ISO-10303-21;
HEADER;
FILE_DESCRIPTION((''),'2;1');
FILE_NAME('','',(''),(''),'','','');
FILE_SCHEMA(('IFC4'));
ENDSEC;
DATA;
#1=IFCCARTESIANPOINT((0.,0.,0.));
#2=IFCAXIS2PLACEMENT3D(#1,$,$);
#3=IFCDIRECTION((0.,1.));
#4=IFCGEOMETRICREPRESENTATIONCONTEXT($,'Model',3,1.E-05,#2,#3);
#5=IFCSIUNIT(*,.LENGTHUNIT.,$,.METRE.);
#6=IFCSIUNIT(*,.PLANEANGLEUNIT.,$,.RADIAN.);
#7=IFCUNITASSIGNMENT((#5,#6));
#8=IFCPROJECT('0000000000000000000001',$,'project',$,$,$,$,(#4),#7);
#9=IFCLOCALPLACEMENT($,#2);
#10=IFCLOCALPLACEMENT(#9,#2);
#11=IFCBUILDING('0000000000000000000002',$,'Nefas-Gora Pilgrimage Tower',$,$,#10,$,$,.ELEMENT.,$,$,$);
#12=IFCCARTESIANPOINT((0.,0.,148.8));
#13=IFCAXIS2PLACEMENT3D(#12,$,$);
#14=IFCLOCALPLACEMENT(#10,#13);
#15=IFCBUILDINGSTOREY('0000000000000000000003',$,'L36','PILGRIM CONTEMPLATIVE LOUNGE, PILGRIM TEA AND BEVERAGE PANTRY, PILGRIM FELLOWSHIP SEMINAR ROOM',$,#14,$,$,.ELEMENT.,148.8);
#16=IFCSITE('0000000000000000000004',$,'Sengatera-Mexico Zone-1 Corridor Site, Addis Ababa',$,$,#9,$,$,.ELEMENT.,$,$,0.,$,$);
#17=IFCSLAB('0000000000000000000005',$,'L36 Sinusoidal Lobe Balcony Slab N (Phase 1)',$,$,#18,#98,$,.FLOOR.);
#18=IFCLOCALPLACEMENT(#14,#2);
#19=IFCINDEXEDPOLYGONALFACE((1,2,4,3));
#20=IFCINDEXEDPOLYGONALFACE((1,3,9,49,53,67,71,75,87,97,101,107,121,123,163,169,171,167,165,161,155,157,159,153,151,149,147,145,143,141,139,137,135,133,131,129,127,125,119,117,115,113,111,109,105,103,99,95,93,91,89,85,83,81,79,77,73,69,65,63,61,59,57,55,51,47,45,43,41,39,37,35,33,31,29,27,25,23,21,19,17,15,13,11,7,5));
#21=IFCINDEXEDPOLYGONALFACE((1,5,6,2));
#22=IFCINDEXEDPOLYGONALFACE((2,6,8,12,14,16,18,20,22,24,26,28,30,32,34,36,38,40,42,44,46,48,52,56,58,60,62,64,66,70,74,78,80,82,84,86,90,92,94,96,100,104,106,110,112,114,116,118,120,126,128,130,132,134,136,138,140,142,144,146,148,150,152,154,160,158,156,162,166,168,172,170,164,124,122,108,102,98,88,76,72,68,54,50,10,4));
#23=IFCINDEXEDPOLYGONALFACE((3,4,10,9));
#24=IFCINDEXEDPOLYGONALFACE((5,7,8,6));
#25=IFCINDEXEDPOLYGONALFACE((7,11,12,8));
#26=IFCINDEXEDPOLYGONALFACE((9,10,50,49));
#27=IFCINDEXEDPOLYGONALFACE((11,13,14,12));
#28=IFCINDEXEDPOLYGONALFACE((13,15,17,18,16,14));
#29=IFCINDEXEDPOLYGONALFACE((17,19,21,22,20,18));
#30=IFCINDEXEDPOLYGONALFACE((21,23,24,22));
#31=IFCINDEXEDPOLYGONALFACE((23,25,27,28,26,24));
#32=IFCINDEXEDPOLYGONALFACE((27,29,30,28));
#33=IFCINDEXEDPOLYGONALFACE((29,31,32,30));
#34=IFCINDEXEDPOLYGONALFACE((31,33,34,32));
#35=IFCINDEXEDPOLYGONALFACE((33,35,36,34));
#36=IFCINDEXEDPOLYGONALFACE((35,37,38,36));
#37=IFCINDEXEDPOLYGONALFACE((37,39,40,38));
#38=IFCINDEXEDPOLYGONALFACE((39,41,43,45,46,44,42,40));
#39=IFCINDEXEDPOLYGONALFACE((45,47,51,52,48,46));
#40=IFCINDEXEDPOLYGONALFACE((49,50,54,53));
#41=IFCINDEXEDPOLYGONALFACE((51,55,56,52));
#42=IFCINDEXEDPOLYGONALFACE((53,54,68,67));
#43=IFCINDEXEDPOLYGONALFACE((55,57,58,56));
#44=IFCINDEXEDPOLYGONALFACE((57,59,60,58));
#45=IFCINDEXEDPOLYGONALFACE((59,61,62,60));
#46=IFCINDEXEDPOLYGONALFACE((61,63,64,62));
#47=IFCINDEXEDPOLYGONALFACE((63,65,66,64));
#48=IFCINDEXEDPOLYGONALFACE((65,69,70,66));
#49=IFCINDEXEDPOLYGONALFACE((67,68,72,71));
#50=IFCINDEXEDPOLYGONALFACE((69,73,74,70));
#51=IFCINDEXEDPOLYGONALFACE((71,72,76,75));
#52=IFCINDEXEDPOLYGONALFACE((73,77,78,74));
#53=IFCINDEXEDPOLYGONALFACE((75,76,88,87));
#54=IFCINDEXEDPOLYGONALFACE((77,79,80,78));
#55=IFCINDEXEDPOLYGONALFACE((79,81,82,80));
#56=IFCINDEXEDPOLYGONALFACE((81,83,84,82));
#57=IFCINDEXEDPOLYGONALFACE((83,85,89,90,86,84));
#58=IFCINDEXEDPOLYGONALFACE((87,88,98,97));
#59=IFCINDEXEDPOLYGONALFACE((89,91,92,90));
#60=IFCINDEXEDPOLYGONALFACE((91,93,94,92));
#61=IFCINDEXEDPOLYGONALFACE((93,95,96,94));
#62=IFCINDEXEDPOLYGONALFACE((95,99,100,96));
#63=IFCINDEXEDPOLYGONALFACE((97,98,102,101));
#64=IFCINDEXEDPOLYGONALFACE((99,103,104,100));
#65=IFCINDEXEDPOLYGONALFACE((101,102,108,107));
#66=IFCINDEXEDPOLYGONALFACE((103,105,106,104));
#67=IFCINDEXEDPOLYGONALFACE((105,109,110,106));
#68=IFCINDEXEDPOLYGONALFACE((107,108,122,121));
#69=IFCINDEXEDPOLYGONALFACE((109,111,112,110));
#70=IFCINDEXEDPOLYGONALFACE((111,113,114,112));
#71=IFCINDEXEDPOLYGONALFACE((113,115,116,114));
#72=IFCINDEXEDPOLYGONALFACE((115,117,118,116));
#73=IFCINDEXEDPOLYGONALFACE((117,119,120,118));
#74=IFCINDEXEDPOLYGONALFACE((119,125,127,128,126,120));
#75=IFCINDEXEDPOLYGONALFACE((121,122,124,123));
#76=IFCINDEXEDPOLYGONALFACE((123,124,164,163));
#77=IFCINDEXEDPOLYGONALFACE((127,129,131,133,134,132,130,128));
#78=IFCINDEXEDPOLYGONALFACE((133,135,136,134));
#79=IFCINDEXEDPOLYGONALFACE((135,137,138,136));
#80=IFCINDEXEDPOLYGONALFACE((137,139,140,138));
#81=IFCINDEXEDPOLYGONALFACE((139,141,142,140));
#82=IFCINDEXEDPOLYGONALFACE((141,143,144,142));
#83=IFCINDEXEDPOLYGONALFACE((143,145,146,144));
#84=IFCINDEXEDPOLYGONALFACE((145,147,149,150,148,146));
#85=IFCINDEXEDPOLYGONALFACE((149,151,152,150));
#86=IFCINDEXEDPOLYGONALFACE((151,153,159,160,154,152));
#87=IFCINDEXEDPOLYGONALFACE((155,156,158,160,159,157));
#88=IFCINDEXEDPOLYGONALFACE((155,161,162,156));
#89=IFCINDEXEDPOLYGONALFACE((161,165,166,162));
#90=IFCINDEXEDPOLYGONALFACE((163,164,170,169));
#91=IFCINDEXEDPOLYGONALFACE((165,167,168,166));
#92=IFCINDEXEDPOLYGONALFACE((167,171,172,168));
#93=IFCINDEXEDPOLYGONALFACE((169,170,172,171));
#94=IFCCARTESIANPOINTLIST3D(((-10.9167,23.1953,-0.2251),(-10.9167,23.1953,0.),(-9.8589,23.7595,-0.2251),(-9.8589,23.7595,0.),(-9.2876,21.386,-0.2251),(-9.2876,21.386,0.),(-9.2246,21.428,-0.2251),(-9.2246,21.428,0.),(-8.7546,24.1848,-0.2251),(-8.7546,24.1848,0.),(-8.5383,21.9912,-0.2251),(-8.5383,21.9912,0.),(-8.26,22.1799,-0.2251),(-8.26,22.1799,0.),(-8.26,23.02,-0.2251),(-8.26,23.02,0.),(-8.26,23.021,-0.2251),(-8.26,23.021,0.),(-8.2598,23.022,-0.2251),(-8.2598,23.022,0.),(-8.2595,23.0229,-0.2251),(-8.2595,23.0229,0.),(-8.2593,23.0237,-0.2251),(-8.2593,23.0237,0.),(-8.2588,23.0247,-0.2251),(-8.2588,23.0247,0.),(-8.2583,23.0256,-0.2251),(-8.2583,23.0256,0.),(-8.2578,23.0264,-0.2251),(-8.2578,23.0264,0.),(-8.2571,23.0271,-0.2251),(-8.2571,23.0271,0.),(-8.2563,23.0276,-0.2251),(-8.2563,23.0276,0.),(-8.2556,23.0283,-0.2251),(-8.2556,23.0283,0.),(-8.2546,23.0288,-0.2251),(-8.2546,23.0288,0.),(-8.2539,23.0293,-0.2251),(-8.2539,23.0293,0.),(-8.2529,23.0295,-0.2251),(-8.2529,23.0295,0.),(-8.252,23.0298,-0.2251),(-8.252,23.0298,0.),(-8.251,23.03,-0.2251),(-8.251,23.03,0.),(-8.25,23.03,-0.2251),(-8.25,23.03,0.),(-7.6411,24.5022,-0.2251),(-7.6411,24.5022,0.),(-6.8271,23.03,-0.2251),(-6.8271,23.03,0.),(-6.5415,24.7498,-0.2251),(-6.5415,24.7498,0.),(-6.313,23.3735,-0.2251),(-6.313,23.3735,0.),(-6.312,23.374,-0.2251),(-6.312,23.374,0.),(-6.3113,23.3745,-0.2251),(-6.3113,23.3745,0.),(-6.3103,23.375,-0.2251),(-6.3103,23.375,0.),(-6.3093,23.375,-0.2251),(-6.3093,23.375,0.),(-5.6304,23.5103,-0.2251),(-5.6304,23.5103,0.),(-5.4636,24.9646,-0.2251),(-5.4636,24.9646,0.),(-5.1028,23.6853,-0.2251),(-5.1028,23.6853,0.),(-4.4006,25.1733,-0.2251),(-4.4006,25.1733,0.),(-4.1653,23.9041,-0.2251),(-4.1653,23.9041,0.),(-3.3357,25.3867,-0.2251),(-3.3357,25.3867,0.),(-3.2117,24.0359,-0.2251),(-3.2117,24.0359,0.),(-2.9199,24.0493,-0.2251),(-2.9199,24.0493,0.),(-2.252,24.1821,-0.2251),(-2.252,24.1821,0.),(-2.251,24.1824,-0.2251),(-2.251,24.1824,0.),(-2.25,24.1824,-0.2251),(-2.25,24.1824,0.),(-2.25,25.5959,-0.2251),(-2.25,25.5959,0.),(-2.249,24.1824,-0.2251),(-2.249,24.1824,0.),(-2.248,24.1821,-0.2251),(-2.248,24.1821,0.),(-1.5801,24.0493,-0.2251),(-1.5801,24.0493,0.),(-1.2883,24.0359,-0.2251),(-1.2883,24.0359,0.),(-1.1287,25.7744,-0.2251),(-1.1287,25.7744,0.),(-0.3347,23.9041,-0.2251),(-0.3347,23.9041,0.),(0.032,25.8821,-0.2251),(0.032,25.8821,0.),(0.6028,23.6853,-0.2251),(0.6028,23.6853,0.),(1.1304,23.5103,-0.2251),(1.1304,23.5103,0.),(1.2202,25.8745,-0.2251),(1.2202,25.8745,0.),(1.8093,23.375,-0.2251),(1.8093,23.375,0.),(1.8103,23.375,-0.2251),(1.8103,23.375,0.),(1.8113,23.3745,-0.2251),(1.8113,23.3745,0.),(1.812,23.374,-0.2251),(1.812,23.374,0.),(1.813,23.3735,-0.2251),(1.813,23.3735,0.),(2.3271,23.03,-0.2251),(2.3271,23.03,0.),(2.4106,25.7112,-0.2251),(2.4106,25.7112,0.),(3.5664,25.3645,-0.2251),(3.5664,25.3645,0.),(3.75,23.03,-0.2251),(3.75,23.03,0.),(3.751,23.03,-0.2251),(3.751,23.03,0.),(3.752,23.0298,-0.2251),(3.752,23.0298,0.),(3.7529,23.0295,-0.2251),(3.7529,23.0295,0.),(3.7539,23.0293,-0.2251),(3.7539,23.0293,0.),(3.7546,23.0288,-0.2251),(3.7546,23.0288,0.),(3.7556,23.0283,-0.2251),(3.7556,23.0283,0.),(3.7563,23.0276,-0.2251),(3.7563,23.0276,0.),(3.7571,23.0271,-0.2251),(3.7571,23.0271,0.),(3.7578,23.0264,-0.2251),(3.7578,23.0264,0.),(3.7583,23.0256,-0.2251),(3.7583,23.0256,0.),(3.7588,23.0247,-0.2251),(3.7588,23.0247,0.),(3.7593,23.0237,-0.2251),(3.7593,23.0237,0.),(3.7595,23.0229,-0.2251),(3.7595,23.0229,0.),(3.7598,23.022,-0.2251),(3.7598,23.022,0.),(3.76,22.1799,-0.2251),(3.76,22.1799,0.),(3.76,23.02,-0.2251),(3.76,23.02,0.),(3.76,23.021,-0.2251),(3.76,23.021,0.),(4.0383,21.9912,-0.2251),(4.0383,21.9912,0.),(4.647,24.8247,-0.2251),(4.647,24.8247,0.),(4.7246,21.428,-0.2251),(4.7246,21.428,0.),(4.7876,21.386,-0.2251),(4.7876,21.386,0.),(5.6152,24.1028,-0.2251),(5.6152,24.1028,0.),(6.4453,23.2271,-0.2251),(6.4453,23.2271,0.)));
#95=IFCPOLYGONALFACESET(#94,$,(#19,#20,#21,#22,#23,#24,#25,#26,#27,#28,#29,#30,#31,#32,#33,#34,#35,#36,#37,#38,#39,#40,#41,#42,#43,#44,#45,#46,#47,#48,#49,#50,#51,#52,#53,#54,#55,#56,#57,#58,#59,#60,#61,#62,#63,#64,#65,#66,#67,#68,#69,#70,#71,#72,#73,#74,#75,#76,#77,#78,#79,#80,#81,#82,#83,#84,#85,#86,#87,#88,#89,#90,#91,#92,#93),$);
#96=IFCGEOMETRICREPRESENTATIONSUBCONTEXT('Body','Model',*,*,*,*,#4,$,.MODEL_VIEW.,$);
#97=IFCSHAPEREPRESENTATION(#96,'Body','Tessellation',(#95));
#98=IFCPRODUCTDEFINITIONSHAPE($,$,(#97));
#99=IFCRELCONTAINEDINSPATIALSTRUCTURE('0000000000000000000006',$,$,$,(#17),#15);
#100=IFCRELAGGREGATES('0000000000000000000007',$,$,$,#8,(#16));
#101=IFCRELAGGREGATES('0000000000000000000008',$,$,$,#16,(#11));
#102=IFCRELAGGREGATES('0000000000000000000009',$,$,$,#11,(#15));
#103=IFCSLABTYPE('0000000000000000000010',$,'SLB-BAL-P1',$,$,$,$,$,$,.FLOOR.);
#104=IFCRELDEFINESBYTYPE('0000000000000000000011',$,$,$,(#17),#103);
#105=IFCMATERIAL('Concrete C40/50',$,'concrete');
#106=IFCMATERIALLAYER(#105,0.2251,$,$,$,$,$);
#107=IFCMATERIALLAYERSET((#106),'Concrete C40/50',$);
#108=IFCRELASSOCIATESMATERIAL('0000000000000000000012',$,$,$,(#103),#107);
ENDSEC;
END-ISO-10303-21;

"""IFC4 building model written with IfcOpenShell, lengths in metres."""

from ifc_helpers import new_model, si_unit, direction, frame, origin, place, context, subcontext, project, spatial, polyline, outline, extrude, material, layer, layer_set, type_object, element, save


model = new_model("IFC4")

# Units and contexts
model_context = context("Model", 3, precision=1e-05, world=origin(), true_north=direction((0.0, 1.0)))
body_context = subcontext(model_context, "Body", "Model", "MODEL_VIEW")
ifc_project = project(units=[si_unit("LENGTHUNIT", "METRE"), si_unit("PLANEANGLEUNIT", "RADIAN")], contexts=[model_context])

# Site, building, storey
site_placement = place(None, origin())
site = spatial("IfcSite", under=ifc_project, at=site_placement, Name="Sengatera-Mexico Zone-1 Corridor Site, Addis Ababa", CompositionType="ELEMENT", RefElevation=0.0)
building_placement = place(site_placement, origin())
building = spatial("IfcBuilding", under=site, at=building_placement, Name="Nefas-Gora Pilgrimage Tower", CompositionType="ELEMENT")
storey_placement = place(building_placement, frame((0.0, 0.0, 148.8)))
storey = spatial("IfcBuildingStorey", under=building, at=storey_placement, Name="L36", Description="PILGRIM CONTEMPLATIVE LOUNGE, PILGRIM TEA AND BEVERAGE PANTRY, PILGRIM FELLOWSHIP SEMINAR ROOM", CompositionType="ELEMENT", Elevation=148.8)

# Slab
ifc_material_1 = material(Name="Concrete C40/50", Category="concrete")
ifc_layer_1 = layer(ifc_material_1, 0.2251)
ifc_layer_set_1 = layer_set([ifc_layer_1], Name="Concrete C40/50")
slab_type_1 = type_object("IfcSlabType", Name="SLB-BAL-P1", PredefinedType="FLOOR", material=ifc_layer_set_1)
slab_1_placement = place(storey_placement, frame((0.0, 0.0, -0.2251)))
element("IfcSlab", 1, at=slab_1_placement, inside=storey, type_object=slab_type_1, Name="L36 Sinusoidal Lobe Balcony Slab N (Phase 1)", PredefinedType="FLOOR", context=body_context, shape_type="SweptSolid", body=[
    extrude(outline(polyline([(-9.2876, 21.386), (-9.2246, 21.428), (-8.5383, 21.9912), (-8.26, 22.1799), (-8.26, 23.02), (-8.26, 23.021), (-8.2598, 23.022), (-8.2595, 23.0229), (-8.2593, 23.0237), (-8.2588, 23.0247), (-8.2583, 23.0256), (-8.2578, 23.0264), (-8.2571, 23.0271), (-8.2563, 23.0276), (-8.2556, 23.0283), (-8.2546, 23.0288), (-8.2539, 23.0293), (-8.2529, 23.0295), (-8.252, 23.0298), (-8.251, 23.03), (-8.25, 23.03), (-6.8271, 23.03), (-6.313, 23.3735), (-6.312, 23.374), (-6.3113, 23.3745), (-6.3103, 23.375), (-6.3093, 23.375), (-5.6304, 23.5103), (-5.1028, 23.6853), (-4.1653, 23.9041), (-3.2117, 24.0359), (-2.9199, 24.0493), (-2.252, 24.1821), (-2.251, 24.1824), (-2.25, 24.1824), (-2.249, 24.1824), (-2.248, 24.1821), (-1.5801, 24.0493), (-1.2883, 24.0359), (-0.3347, 23.9041), (0.6028, 23.6853), (1.1304, 23.5103), (1.8093, 23.375), (1.8103, 23.375), (1.8113, 23.3745), (1.812, 23.374), (1.813, 23.3735), (2.3271, 23.03), (3.75, 23.03), (3.751, 23.03), (3.752, 23.0298), (3.7529, 23.0295), (3.7539, 23.0293), (3.7546, 23.0288), (3.7556, 23.0283), (3.7563, 23.0276), (3.7571, 23.0271), (3.7578, 23.0264), (3.7583, 23.0256), (3.7588, 23.0247), (3.7593, 23.0237), (3.7595, 23.0229), (3.7598, 23.022), (3.76, 23.021), (3.76, 23.02), (3.76, 22.1799), (4.0383, 21.9912), (4.7246, 21.428), (4.7876, 21.386), (6.4453, 23.2271), (5.6152, 24.1028), (4.647, 24.8247), (3.5664, 25.3645), (2.4106, 25.7112), (1.2202, 25.8745), (0.032, 25.8821), (-1.1287, 25.7744), (-2.25, 25.5959), (-3.3357, 25.3867), (-4.4006, 25.1733), (-5.4636, 24.9646), (-6.5415, 24.7498), (-7.6411, 24.5022), (-8.7546, 24.1848), (-9.8589, 23.7595), (-10.9167, 23.1953), (-9.2876, 21.386)])), origin(), (0.0, 0.0, 1.0), 0.2251),
])

save(model, "model.ifc")
